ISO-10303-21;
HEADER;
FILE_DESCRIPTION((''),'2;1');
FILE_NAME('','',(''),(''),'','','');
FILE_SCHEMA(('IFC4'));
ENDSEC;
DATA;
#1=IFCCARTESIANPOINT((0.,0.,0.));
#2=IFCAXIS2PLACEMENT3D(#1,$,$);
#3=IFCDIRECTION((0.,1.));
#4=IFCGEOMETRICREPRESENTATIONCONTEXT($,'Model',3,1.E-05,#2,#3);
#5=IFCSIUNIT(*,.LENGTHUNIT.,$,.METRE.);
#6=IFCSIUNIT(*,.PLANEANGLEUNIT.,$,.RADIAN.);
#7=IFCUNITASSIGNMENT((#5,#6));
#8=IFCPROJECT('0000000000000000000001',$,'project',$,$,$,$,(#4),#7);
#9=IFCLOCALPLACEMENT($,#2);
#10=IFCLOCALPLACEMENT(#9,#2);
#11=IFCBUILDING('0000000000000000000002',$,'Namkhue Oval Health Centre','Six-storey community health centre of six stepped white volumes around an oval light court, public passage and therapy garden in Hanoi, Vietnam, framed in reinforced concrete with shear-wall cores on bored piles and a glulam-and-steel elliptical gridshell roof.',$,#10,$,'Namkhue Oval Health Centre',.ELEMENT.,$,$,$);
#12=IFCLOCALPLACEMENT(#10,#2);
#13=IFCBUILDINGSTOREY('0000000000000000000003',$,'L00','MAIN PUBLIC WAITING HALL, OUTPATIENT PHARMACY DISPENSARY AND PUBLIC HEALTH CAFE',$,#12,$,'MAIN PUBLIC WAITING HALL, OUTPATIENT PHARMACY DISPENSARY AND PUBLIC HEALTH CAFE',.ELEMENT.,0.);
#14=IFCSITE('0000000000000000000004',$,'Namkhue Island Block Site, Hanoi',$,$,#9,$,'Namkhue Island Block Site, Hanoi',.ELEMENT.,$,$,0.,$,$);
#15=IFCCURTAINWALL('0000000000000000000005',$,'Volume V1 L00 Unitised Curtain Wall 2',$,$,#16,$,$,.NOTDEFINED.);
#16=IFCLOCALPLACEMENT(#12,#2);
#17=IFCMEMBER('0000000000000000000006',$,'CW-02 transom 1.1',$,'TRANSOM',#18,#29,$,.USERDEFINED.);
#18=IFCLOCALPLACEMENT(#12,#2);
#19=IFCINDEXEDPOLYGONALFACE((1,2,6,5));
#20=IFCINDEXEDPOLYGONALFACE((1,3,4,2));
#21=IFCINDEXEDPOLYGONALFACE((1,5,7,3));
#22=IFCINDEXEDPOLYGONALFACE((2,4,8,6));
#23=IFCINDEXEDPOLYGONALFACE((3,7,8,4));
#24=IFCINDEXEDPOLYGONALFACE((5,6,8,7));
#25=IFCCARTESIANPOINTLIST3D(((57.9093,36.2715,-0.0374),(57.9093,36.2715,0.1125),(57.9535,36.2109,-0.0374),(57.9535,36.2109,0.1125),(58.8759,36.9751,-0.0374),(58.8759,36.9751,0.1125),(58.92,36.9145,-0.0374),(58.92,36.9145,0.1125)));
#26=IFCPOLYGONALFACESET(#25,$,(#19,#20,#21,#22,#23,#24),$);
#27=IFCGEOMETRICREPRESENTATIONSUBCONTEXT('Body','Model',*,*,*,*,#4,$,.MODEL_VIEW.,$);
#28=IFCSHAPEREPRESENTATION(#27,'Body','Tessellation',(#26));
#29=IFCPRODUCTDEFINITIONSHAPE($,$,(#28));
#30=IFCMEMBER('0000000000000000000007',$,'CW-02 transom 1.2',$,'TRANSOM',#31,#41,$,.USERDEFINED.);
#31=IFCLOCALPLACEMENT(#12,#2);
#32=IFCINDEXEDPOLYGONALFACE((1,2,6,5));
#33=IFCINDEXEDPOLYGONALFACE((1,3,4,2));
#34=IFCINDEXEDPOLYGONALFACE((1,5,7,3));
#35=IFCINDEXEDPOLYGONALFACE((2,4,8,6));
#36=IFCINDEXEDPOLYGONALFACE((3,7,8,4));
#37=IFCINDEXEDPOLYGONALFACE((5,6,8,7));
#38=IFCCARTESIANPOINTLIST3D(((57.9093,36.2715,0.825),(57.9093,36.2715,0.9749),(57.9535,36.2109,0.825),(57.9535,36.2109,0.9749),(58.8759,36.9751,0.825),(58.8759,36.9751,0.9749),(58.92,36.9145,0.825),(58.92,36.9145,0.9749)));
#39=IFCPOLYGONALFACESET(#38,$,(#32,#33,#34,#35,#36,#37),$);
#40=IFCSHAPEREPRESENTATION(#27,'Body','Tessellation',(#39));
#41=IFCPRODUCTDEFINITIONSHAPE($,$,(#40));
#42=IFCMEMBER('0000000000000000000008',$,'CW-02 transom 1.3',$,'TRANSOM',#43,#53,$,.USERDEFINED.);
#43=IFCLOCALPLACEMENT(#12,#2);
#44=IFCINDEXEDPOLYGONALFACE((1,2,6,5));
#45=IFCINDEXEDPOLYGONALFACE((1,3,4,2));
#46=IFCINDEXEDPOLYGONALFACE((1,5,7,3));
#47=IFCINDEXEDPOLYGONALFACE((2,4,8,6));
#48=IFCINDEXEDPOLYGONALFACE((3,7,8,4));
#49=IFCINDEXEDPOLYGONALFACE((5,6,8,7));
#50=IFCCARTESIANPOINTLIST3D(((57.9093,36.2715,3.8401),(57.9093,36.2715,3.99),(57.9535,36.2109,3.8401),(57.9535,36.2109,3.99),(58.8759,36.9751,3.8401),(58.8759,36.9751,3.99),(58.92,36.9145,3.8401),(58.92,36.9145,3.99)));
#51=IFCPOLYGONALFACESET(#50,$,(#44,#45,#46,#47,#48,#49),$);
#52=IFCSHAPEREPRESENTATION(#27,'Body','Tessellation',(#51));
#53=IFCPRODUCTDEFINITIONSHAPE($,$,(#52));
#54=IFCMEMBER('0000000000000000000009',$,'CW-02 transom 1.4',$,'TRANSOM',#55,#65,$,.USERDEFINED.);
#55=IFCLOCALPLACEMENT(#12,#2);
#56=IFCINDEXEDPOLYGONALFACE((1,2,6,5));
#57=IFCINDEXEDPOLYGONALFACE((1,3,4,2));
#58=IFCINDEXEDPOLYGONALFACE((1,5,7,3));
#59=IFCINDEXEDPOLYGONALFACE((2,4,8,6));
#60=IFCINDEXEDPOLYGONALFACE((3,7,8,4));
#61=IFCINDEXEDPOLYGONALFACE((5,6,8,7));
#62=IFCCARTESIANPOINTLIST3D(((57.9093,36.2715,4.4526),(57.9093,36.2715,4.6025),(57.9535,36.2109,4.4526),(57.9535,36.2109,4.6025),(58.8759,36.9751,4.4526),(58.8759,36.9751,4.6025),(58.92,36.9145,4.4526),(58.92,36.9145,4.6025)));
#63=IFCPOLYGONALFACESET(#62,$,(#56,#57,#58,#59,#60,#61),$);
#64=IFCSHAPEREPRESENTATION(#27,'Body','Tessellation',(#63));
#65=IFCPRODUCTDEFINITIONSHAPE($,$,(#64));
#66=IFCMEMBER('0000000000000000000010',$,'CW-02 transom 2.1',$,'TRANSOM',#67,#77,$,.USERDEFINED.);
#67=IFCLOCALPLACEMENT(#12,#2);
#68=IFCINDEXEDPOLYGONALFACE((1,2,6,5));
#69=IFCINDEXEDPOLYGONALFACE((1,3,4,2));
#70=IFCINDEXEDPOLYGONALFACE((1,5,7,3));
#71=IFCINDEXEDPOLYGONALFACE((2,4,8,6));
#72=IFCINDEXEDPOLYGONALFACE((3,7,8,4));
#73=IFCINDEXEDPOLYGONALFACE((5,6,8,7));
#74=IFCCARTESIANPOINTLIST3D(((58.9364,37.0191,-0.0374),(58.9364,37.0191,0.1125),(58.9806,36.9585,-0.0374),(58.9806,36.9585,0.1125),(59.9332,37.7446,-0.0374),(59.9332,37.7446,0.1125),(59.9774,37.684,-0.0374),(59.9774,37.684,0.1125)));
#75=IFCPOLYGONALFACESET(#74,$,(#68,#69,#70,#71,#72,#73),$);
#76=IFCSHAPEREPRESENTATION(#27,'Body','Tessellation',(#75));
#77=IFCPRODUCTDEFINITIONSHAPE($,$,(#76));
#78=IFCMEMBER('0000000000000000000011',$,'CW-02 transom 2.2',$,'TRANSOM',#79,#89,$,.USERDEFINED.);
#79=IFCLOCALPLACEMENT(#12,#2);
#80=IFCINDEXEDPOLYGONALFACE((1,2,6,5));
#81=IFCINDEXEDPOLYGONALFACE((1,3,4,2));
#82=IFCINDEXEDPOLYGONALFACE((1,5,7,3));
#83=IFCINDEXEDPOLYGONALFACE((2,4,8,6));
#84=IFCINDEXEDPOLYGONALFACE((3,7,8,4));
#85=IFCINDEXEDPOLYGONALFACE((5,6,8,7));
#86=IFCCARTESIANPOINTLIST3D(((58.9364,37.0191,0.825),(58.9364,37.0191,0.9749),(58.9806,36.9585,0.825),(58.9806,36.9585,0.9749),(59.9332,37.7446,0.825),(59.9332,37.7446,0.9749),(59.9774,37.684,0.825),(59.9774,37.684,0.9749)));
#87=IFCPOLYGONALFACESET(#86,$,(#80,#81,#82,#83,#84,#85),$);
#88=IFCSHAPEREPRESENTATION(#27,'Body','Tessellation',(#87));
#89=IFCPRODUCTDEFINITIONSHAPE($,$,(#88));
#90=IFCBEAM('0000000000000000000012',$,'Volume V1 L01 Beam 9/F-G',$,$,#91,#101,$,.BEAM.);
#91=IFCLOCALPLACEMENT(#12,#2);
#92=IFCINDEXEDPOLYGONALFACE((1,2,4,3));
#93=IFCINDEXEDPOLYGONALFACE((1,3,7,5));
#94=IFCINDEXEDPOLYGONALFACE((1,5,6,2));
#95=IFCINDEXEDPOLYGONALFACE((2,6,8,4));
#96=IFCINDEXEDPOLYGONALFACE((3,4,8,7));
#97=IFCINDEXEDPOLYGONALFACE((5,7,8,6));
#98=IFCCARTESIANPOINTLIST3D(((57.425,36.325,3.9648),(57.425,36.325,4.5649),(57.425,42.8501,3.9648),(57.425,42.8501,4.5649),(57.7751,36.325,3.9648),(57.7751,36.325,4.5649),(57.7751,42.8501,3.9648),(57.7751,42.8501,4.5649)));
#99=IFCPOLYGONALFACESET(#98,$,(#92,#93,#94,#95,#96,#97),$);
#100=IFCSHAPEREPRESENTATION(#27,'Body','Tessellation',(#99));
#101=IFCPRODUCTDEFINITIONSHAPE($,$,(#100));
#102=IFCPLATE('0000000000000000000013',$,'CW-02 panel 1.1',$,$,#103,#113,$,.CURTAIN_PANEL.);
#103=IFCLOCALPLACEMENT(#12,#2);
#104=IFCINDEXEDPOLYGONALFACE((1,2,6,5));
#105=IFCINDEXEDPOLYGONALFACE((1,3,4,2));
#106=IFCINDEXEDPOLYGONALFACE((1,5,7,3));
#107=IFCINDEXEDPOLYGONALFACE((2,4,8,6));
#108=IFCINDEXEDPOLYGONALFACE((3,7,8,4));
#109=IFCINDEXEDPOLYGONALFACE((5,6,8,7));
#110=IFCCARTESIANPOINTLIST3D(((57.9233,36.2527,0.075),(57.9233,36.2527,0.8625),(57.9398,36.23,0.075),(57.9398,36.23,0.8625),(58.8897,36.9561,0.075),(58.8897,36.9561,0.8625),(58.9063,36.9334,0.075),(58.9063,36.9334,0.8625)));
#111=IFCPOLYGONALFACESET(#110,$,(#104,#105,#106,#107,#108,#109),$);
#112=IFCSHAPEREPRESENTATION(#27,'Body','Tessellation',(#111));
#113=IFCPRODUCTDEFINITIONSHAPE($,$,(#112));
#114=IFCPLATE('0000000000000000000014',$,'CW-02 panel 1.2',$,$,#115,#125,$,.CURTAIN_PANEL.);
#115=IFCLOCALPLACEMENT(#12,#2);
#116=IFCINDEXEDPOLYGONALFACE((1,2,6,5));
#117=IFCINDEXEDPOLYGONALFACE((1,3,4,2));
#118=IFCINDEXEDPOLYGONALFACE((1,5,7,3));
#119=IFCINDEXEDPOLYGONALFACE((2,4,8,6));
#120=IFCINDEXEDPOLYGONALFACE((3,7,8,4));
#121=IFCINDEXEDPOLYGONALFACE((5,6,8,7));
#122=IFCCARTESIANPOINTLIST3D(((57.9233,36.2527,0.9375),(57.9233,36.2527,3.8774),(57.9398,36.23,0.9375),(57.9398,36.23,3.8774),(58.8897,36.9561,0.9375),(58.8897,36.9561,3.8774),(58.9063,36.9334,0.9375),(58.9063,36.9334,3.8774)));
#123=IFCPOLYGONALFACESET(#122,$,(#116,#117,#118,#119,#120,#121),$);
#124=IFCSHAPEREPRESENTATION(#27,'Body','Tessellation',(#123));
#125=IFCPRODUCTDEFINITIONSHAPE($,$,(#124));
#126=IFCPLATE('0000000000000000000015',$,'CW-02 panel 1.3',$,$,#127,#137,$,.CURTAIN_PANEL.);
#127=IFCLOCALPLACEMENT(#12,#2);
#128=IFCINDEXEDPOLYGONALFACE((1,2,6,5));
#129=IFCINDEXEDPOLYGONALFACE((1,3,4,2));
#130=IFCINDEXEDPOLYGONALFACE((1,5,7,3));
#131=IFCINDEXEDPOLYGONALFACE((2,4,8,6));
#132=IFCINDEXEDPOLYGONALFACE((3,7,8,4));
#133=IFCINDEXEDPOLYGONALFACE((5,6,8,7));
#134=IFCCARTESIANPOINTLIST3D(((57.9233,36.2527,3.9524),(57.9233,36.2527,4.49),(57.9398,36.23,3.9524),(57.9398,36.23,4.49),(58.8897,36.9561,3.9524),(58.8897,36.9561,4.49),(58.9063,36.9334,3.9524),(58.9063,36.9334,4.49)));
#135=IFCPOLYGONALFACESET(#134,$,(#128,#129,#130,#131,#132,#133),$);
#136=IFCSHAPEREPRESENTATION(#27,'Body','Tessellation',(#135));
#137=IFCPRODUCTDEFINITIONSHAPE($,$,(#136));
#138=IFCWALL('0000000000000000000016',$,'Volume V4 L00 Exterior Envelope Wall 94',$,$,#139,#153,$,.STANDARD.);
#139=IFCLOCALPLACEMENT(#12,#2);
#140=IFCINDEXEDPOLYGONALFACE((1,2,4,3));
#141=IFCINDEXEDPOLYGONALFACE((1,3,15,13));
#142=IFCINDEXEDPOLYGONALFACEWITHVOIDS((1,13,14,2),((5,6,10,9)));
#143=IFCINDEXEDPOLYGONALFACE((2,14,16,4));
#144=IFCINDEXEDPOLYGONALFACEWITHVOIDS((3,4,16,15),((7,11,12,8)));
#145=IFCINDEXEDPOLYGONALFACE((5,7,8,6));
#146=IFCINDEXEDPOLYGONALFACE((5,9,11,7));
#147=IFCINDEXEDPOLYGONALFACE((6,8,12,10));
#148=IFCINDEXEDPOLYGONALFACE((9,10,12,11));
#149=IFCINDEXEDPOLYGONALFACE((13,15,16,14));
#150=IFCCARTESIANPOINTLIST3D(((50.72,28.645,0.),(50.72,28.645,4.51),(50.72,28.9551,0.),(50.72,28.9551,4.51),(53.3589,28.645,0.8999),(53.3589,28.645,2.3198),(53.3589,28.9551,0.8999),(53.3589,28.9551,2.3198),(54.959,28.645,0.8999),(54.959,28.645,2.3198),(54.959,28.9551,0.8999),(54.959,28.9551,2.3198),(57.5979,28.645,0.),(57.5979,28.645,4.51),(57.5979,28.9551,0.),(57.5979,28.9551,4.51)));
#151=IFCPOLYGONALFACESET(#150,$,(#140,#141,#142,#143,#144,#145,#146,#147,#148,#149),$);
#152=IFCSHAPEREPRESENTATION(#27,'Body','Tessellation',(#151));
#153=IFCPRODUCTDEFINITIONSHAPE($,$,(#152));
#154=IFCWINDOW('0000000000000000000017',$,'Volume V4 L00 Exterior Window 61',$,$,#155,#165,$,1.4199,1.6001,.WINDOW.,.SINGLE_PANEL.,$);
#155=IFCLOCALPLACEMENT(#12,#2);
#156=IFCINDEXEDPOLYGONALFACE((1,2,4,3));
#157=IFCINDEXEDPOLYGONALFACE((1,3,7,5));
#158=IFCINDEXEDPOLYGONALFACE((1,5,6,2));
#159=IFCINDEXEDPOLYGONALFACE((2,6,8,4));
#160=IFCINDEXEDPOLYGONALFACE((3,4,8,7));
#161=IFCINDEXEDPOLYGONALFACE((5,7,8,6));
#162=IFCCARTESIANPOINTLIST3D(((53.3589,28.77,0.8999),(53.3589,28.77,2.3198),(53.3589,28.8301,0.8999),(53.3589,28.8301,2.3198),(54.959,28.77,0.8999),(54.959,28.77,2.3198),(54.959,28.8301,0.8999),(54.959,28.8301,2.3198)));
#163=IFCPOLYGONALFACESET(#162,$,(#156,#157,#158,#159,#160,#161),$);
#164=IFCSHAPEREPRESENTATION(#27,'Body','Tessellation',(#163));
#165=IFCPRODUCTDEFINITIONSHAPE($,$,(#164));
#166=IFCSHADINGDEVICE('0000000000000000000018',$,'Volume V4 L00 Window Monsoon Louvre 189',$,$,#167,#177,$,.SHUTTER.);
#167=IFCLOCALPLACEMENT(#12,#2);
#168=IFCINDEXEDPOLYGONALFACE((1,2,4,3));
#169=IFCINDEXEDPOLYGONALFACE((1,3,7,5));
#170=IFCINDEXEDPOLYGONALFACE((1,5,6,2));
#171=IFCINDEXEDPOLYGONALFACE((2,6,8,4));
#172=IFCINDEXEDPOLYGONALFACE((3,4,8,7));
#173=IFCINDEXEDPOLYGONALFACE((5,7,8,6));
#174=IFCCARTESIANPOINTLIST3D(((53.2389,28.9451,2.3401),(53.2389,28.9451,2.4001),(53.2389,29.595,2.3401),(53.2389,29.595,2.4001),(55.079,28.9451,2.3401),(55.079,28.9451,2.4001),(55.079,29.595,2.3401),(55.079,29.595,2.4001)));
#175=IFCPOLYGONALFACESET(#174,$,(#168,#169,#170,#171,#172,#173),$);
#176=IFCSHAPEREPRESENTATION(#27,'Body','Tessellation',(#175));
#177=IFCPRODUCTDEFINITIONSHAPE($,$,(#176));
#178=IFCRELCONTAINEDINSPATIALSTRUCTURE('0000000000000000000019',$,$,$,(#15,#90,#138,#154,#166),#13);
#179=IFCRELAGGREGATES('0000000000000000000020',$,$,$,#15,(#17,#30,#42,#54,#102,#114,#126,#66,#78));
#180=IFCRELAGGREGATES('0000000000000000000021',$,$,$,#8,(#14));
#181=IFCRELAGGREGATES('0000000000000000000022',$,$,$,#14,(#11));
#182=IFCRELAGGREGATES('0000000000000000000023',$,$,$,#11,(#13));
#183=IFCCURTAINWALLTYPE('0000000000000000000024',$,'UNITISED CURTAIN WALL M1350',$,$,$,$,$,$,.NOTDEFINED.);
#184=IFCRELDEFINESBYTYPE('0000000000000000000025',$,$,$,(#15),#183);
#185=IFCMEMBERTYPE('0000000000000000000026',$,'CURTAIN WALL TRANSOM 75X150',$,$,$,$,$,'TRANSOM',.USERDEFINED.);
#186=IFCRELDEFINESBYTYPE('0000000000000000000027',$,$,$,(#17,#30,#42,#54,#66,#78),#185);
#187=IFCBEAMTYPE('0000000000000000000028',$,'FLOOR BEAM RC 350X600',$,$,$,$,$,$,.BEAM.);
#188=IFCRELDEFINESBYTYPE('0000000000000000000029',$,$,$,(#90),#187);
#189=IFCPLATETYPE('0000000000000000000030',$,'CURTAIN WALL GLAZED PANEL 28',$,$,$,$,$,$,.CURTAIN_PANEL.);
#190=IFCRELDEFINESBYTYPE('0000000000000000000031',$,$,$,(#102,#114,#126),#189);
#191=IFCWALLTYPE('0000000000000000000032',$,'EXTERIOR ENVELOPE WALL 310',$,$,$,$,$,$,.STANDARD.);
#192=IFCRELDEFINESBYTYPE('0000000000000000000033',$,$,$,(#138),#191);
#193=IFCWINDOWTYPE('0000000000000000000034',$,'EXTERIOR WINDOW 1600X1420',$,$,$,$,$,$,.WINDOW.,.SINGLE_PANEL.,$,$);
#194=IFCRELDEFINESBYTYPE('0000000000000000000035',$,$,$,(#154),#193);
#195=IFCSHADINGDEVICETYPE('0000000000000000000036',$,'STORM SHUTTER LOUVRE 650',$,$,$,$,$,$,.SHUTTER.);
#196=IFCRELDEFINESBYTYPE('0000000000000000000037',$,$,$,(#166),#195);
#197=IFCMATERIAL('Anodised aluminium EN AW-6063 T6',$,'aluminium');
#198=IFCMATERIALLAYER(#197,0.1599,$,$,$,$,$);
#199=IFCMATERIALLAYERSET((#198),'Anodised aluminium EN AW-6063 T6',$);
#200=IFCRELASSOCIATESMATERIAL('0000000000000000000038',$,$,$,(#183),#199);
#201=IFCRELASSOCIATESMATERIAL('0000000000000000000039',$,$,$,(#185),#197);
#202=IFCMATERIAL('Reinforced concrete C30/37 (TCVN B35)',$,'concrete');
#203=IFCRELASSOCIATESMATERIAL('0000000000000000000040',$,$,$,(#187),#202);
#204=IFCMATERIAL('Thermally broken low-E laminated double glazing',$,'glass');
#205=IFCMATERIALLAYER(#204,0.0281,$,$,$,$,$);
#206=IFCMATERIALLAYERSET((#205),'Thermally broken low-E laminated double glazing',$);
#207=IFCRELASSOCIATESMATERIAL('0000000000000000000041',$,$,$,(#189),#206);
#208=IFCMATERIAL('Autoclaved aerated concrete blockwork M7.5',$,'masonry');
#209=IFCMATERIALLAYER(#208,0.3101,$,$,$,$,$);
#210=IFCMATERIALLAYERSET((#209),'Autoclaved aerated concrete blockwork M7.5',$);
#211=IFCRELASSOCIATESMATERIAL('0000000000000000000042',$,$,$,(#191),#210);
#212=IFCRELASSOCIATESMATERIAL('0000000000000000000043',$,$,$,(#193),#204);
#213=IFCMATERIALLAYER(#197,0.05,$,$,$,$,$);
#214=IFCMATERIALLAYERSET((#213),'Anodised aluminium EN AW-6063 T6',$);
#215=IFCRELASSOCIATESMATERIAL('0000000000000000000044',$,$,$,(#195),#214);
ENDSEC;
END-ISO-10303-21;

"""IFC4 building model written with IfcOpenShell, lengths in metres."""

from ifc_helpers import new_model, si_unit, direction, frame, frame_2d, origin, origin_2d, place, context, subcontext, project, spatial, rectangle, extrude, material, layer, layer_set, material_profile, profile_set, type_object, element, fill, aggregate, save


model = new_model("IFC4")

# Units and contexts
model_context = context("Model", 3, precision=1e-05, world=origin(), true_north=direction((0.0, 1.0)))
body_context = subcontext(model_context, "Body", "Model", "MODEL_VIEW")
ifc_project = project(units=[si_unit("LENGTHUNIT", "METRE"), si_unit("PLANEANGLEUNIT", "RADIAN")], contexts=[model_context])

# Site, building, storey
site_placement = place(None, origin())
site = spatial("IfcSite", under=ifc_project, at=site_placement, Name="Namkhue Island Block Site, Hanoi", LongName="Namkhue Island Block Site, Hanoi", CompositionType="ELEMENT", RefElevation=0.0)
building_placement = place(site_placement, origin())
building = spatial("IfcBuilding", under=site, at=building_placement, Name="Namkhue Oval Health Centre", Description="Six-storey community health centre of six stepped white volumes around an oval light court, public passage and therapy garden in Hanoi, Vietnam, framed in reinforced concrete with shear-wall cores on bored piles and a glulam-and-steel elliptical gridshell roof.", LongName="Namkhue Oval Health Centre", CompositionType="ELEMENT")
storey_placement = place(building_placement, origin())
storey = spatial("IfcBuildingStorey", under=building, at=storey_placement, Name="L00", Description="MAIN PUBLIC WAITING HALL, OUTPATIENT PHARMACY DISPENSARY AND PUBLIC HEALTH CAFE", LongName="MAIN PUBLIC WAITING HALL, OUTPATIENT PHARMACY DISPENSARY AND PUBLIC HEALTH CAFE", CompositionType="ELEMENT", Elevation=0.0)

# Shared definitions
ifc_material_1 = material(Name="Reinforced concrete C30/37 (TCVN B35)", Category="concrete")

# Curtain wall, members
ifc_material_2 = material(Name="Anodised aluminium EN AW-6063 T6", Category="aluminium")
ifc_layer_1 = layer(ifc_material_2, 0.1599)
ifc_layer_set_1 = layer_set([ifc_layer_1], Name="Anodised aluminium EN AW-6063 T6")
curtain_wall_type = type_object("IfcCurtainWallType", Name="UNITISED CURTAIN WALL M1350", PredefinedType="NOTDEFINED", material=ifc_layer_set_1)
curtain_wall_placement = place(storey_placement, origin())
curtain_wall = element("IfcCurtainWall", 1, at=curtain_wall_placement, inside=storey, type_object=curtain_wall_type, Name="Volume V1 L00 Unitised Curtain Wall 2", PredefinedType="NOTDEFINED")
ifc_material_profile_1 = material_profile(ifc_material_2, rectangle(XDim=0.075, YDim=0.1499, at=origin_2d()), Name="ALU 75x150")
ifc_profile_set_1 = profile_set([ifc_material_profile_1], Name="Anodised aluminium EN AW-6063 T6")
member_type_1 = type_object("IfcMemberType", Name="CURTAIN WALL TRANSOM 75X150", ElementType="TRANSOM", PredefinedType="USERDEFINED", material=ifc_profile_set_1)
member_1_placement = place(storey_placement, frame((57.9314, 36.2412, 0.0376), z_axis=(0.808471, 0.588536, 0.0), x_axis=(-0.588536, 0.808471, 0.0)))
member_1 = element("IfcMember", 2, at=member_1_placement, type_object=member_type_1, Name="CW-02 transom 1.1", ObjectType="TRANSOM", PredefinedType="USERDEFINED", context=body_context, shape_type="SweptSolid", body=[
    extrude(rectangle(XDim=0.075, YDim=0.1499, at=origin_2d()), origin(), (0.0, 0.0, 1.0), 1.1956),
])
member_2_placement = place(storey_placement, frame((57.9314, 36.2412, 0.8999), z_axis=(0.808471, 0.588536, 0.0), x_axis=(-0.588536, 0.808471, 0.0)))
member_2 = element("IfcMember", 3, at=member_2_placement, type_object=member_type_1, Name="CW-02 transom 1.2", ObjectType="TRANSOM", PredefinedType="USERDEFINED", context=body_context, shape_type="SweptSolid", body=[
    extrude(rectangle(XDim=0.075, YDim=0.1499, at=origin_2d()), origin(), (0.0, 0.0, 1.0), 1.1956),
])
member_3_placement = place(storey_placement, frame((57.9314, 36.2412, 3.915), z_axis=(0.808471, 0.588536, 0.0), x_axis=(-0.588536, 0.808471, 0.0)))
member_3 = element("IfcMember", 4, at=member_3_placement, type_object=member_type_1, Name="CW-02 transom 1.3", ObjectType="TRANSOM", PredefinedType="USERDEFINED", context=body_context, shape_type="SweptSolid", body=[
    extrude(rectangle(XDim=0.075, YDim=0.1499, at=origin_2d()), origin(), (0.0, 0.0, 1.0), 1.1956),
])
member_4_placement = place(storey_placement, frame((57.9314, 36.2412, 4.5276), z_axis=(0.808471, 0.588536, 0.0), x_axis=(-0.588536, 0.808471, 0.0)))
member_4 = element("IfcMember", 5, at=member_4_placement, type_object=member_type_1, Name="CW-02 transom 1.4", ObjectType="TRANSOM", PredefinedType="USERDEFINED", context=body_context, shape_type="SweptSolid", body=[
    extrude(rectangle(XDim=0.075, YDim=0.1499, at=origin_2d()), origin(), (0.0, 0.0, 1.0), 1.1956),
])
member_5_placement = place(storey_placement, frame((58.9585, 36.9888, 0.0376), z_axis=(0.808496, 0.588501, 0.0), x_axis=(-0.588501, 0.808496, 0.0)))
member_5 = element("IfcMember", 6, at=member_5_placement, type_object=member_type_1, Name="CW-02 transom 2.1", ObjectType="TRANSOM", PredefinedType="USERDEFINED", context=body_context, shape_type="SweptSolid", body=[
    extrude(rectangle(XDim=0.075, YDim=0.1499, at=origin_2d()), origin(), (0.0, 0.0, 1.0), 1.2329),
])
member_6_placement = place(storey_placement, frame((58.9585, 36.9888, 0.8999), z_axis=(0.808496, 0.588501, 0.0), x_axis=(-0.588501, 0.808496, 0.0)))
member_6 = element("IfcMember", 7, at=member_6_placement, type_object=member_type_1, Name="CW-02 transom 2.2", ObjectType="TRANSOM", PredefinedType="USERDEFINED", context=body_context, shape_type="SweptSolid", body=[
    extrude(rectangle(XDim=0.075, YDim=0.1499, at=origin_2d()), origin(), (0.0, 0.0, 1.0), 1.2329),
])

# Beam
ifc_material_profile_2 = material_profile(ifc_material_1, rectangle(XDim=0.3501, YDim=0.6001, at=origin_2d()), Name="RC 350x600")
ifc_profile_set_2 = profile_set([ifc_material_profile_2], Name="Reinforced concrete C30/37 (TCVN B35)")
beam_type = type_object("IfcBeamType", Name="FLOOR BEAM RC 350X600", PredefinedType="BEAM", material=ifc_profile_set_2)
beam_placement = place(storey_placement, frame((57.6001, 36.325, 4.2649), z_axis=(0.0, 1.0, 0.0), x_axis=(-1.0, 0.0, 0.0)))
element("IfcBeam", 8, at=beam_placement, inside=storey, type_object=beam_type, Name="Volume V1 L01 Beam 9/F-G", PredefinedType="BEAM", context=body_context, shape_type="SweptSolid", body=[
    extrude(rectangle(XDim=0.3501, YDim=0.6001, at=origin_2d()), origin(), (0.0, 0.0, 1.0), 6.5251),
])

# Plates
ifc_material_3 = material(Name="Thermally broken low-E laminated double glazing", Category="glass")
ifc_layer_2 = layer(ifc_material_3, 0.0281)
ifc_layer_set_2 = layer_set([ifc_layer_2], Name="Thermally broken low-E laminated double glazing")
plate_type = type_object("IfcPlateType", Name="CURTAIN WALL GLAZED PANEL 28", PredefinedType="CURTAIN_PANEL", material=ifc_layer_set_2)
plate_1_placement = place(storey_placement, frame((58.4148, 36.593, 0.075), z_axis=(0.0, 0.0, 1.0), x_axis=(0.808514, 0.588477, 0.0)))
plate_1 = element("IfcPlate", 9, at=plate_1_placement, type_object=plate_type, Name="CW-02 panel 1.1", PredefinedType="CURTAIN_PANEL", context=body_context, shape_type="SweptSolid", body=[
    extrude(rectangle(XDim=1.1953, YDim=0.0281, at=origin_2d()), origin(), (0.0, 0.0, 1.0), 0.7876),
])
plate_2_placement = place(storey_placement, frame((58.4148, 36.593, 0.9375), z_axis=(0.0, 0.0, 1.0), x_axis=(0.808514, 0.588477, 0.0)))
plate_2 = element("IfcPlate", 10, at=plate_2_placement, type_object=plate_type, Name="CW-02 panel 1.2", PredefinedType="CURTAIN_PANEL", context=body_context, shape_type="SweptSolid", body=[
    extrude(rectangle(XDim=1.1953, YDim=0.0281, at=origin_2d()), origin(), (0.0, 0.0, 1.0), 2.9399),
])
plate_3_placement = place(storey_placement, frame((58.4148, 36.593, 3.9524), z_axis=(0.0, 0.0, 1.0), x_axis=(0.808514, 0.588477, 0.0)))
plate_3 = element("IfcPlate", 11, at=plate_3_placement, type_object=plate_type, Name="CW-02 panel 1.3", PredefinedType="CURTAIN_PANEL", context=body_context, shape_type="SweptSolid", body=[
    extrude(rectangle(XDim=1.1953, YDim=0.0281, at=origin_2d()), origin(), (0.0, 0.0, 1.0), 0.5376),
])
aggregate(curtain_wall, [member_1, member_2, member_3, member_4, plate_1, plate_2, plate_3, member_5, member_6])

# Wall, opening, window
ifc_material_4 = material(Name="Autoclaved aerated concrete blockwork M7.5", Category="masonry")
ifc_layer_3 = layer(ifc_material_4, 0.3101)
ifc_layer_set_3 = layer_set([ifc_layer_3], Name="Autoclaved aerated concrete blockwork M7.5")
wall_type = type_object("IfcWallType", Name="EXTERIOR ENVELOPE WALL 310", PredefinedType="STANDARD", material=ifc_layer_set_3)
wall_placement = place(storey_placement, frame((57.5979, 28.8, 0.0), z_axis=(0.0, 0.0, 1.0), x_axis=(-1.0, 0.0, 0.0)))
wall = element("IfcWall", 12, at=wall_placement, inside=storey, type_object=wall_type, Name="Volume V4 L00 Exterior Envelope Wall 94", PredefinedType="STANDARD", context=body_context, shape_type="SweptSolid", body=[
    extrude(rectangle(XDim=6.8779, YDim=0.3101, at=frame_2d((3.439, 0.0))), origin(), (0.0, 0.0, 1.0), 4.51),
])
opening_placement = place(wall_placement, frame((2.6389, 0.0, 0.8999)))
opening = element("IfcOpeningElement", 13, at=opening_placement, cuts=wall, PredefinedType="OPENING", context=body_context, shape_type="SweptSolid", body=[
    extrude(rectangle(XDim=1.6001, YDim=1.4199, at=frame_2d((0.8, 0.71))), frame((0.0, 0.165, 0.0), z_axis=(0.0, -1.0, 0.0), x_axis=(1.0, 0.0, 0.0)), (0.0, 0.0, 1.0), 0.3301),
])
window_type = type_object("IfcWindowType", Name="EXTERIOR WINDOW 1600X1420", PartitioningType="SINGLE_PANEL", PredefinedType="WINDOW", material=ifc_material_3)
window_placement = place(opening_placement, origin())
window = element("IfcWindow", 14, at=window_placement, inside=storey, type_object=window_type, Name="Volume V4 L00 Exterior Window 61", OverallHeight=1.4199, OverallWidth=1.6001, PartitioningType="SINGLE_PANEL", PredefinedType="WINDOW", context=body_context, shape_type="SweptSolid", body=[
    extrude(rectangle(XDim=1.6001, YDim=1.4199, at=frame_2d((0.8, 0.71))), frame((0.0, 0.03, 0.0), z_axis=(0.0, -1.0, 0.0), x_axis=(1.0, 0.0, 0.0)), (0.0, 0.0, 1.0), 0.0601),
])
fill(opening, window)

# Shading device
ifc_layer_4 = layer(ifc_material_2, 0.05)
ifc_layer_set_4 = layer_set([ifc_layer_4], Name="Anodised aluminium EN AW-6063 T6")
shading_device_type = type_object("IfcShadingDeviceType", Name="STORM SHUTTER LOUVRE 650", PredefinedType="SHUTTER", material=ifc_layer_set_4)
shading_device_placement = place(storey_placement, frame((54.1589, 29.27, 2.3401), z_axis=(0.0, 0.0, 1.0), x_axis=(-1.0, 0.0, 0.0)))
element("IfcShadingDevice", 15, at=shading_device_placement, inside=storey, type_object=shading_device_type, Name="Volume V4 L00 Window Monsoon Louvre 189", PredefinedType="SHUTTER", context=body_context, shape_type="SweptSolid", body=[
    extrude(rectangle(XDim=1.8401, YDim=0.6499, at=origin_2d()), origin(), (0.0, 0.0, 1.0), 0.0601),
])

save(model, "model.ifc")
